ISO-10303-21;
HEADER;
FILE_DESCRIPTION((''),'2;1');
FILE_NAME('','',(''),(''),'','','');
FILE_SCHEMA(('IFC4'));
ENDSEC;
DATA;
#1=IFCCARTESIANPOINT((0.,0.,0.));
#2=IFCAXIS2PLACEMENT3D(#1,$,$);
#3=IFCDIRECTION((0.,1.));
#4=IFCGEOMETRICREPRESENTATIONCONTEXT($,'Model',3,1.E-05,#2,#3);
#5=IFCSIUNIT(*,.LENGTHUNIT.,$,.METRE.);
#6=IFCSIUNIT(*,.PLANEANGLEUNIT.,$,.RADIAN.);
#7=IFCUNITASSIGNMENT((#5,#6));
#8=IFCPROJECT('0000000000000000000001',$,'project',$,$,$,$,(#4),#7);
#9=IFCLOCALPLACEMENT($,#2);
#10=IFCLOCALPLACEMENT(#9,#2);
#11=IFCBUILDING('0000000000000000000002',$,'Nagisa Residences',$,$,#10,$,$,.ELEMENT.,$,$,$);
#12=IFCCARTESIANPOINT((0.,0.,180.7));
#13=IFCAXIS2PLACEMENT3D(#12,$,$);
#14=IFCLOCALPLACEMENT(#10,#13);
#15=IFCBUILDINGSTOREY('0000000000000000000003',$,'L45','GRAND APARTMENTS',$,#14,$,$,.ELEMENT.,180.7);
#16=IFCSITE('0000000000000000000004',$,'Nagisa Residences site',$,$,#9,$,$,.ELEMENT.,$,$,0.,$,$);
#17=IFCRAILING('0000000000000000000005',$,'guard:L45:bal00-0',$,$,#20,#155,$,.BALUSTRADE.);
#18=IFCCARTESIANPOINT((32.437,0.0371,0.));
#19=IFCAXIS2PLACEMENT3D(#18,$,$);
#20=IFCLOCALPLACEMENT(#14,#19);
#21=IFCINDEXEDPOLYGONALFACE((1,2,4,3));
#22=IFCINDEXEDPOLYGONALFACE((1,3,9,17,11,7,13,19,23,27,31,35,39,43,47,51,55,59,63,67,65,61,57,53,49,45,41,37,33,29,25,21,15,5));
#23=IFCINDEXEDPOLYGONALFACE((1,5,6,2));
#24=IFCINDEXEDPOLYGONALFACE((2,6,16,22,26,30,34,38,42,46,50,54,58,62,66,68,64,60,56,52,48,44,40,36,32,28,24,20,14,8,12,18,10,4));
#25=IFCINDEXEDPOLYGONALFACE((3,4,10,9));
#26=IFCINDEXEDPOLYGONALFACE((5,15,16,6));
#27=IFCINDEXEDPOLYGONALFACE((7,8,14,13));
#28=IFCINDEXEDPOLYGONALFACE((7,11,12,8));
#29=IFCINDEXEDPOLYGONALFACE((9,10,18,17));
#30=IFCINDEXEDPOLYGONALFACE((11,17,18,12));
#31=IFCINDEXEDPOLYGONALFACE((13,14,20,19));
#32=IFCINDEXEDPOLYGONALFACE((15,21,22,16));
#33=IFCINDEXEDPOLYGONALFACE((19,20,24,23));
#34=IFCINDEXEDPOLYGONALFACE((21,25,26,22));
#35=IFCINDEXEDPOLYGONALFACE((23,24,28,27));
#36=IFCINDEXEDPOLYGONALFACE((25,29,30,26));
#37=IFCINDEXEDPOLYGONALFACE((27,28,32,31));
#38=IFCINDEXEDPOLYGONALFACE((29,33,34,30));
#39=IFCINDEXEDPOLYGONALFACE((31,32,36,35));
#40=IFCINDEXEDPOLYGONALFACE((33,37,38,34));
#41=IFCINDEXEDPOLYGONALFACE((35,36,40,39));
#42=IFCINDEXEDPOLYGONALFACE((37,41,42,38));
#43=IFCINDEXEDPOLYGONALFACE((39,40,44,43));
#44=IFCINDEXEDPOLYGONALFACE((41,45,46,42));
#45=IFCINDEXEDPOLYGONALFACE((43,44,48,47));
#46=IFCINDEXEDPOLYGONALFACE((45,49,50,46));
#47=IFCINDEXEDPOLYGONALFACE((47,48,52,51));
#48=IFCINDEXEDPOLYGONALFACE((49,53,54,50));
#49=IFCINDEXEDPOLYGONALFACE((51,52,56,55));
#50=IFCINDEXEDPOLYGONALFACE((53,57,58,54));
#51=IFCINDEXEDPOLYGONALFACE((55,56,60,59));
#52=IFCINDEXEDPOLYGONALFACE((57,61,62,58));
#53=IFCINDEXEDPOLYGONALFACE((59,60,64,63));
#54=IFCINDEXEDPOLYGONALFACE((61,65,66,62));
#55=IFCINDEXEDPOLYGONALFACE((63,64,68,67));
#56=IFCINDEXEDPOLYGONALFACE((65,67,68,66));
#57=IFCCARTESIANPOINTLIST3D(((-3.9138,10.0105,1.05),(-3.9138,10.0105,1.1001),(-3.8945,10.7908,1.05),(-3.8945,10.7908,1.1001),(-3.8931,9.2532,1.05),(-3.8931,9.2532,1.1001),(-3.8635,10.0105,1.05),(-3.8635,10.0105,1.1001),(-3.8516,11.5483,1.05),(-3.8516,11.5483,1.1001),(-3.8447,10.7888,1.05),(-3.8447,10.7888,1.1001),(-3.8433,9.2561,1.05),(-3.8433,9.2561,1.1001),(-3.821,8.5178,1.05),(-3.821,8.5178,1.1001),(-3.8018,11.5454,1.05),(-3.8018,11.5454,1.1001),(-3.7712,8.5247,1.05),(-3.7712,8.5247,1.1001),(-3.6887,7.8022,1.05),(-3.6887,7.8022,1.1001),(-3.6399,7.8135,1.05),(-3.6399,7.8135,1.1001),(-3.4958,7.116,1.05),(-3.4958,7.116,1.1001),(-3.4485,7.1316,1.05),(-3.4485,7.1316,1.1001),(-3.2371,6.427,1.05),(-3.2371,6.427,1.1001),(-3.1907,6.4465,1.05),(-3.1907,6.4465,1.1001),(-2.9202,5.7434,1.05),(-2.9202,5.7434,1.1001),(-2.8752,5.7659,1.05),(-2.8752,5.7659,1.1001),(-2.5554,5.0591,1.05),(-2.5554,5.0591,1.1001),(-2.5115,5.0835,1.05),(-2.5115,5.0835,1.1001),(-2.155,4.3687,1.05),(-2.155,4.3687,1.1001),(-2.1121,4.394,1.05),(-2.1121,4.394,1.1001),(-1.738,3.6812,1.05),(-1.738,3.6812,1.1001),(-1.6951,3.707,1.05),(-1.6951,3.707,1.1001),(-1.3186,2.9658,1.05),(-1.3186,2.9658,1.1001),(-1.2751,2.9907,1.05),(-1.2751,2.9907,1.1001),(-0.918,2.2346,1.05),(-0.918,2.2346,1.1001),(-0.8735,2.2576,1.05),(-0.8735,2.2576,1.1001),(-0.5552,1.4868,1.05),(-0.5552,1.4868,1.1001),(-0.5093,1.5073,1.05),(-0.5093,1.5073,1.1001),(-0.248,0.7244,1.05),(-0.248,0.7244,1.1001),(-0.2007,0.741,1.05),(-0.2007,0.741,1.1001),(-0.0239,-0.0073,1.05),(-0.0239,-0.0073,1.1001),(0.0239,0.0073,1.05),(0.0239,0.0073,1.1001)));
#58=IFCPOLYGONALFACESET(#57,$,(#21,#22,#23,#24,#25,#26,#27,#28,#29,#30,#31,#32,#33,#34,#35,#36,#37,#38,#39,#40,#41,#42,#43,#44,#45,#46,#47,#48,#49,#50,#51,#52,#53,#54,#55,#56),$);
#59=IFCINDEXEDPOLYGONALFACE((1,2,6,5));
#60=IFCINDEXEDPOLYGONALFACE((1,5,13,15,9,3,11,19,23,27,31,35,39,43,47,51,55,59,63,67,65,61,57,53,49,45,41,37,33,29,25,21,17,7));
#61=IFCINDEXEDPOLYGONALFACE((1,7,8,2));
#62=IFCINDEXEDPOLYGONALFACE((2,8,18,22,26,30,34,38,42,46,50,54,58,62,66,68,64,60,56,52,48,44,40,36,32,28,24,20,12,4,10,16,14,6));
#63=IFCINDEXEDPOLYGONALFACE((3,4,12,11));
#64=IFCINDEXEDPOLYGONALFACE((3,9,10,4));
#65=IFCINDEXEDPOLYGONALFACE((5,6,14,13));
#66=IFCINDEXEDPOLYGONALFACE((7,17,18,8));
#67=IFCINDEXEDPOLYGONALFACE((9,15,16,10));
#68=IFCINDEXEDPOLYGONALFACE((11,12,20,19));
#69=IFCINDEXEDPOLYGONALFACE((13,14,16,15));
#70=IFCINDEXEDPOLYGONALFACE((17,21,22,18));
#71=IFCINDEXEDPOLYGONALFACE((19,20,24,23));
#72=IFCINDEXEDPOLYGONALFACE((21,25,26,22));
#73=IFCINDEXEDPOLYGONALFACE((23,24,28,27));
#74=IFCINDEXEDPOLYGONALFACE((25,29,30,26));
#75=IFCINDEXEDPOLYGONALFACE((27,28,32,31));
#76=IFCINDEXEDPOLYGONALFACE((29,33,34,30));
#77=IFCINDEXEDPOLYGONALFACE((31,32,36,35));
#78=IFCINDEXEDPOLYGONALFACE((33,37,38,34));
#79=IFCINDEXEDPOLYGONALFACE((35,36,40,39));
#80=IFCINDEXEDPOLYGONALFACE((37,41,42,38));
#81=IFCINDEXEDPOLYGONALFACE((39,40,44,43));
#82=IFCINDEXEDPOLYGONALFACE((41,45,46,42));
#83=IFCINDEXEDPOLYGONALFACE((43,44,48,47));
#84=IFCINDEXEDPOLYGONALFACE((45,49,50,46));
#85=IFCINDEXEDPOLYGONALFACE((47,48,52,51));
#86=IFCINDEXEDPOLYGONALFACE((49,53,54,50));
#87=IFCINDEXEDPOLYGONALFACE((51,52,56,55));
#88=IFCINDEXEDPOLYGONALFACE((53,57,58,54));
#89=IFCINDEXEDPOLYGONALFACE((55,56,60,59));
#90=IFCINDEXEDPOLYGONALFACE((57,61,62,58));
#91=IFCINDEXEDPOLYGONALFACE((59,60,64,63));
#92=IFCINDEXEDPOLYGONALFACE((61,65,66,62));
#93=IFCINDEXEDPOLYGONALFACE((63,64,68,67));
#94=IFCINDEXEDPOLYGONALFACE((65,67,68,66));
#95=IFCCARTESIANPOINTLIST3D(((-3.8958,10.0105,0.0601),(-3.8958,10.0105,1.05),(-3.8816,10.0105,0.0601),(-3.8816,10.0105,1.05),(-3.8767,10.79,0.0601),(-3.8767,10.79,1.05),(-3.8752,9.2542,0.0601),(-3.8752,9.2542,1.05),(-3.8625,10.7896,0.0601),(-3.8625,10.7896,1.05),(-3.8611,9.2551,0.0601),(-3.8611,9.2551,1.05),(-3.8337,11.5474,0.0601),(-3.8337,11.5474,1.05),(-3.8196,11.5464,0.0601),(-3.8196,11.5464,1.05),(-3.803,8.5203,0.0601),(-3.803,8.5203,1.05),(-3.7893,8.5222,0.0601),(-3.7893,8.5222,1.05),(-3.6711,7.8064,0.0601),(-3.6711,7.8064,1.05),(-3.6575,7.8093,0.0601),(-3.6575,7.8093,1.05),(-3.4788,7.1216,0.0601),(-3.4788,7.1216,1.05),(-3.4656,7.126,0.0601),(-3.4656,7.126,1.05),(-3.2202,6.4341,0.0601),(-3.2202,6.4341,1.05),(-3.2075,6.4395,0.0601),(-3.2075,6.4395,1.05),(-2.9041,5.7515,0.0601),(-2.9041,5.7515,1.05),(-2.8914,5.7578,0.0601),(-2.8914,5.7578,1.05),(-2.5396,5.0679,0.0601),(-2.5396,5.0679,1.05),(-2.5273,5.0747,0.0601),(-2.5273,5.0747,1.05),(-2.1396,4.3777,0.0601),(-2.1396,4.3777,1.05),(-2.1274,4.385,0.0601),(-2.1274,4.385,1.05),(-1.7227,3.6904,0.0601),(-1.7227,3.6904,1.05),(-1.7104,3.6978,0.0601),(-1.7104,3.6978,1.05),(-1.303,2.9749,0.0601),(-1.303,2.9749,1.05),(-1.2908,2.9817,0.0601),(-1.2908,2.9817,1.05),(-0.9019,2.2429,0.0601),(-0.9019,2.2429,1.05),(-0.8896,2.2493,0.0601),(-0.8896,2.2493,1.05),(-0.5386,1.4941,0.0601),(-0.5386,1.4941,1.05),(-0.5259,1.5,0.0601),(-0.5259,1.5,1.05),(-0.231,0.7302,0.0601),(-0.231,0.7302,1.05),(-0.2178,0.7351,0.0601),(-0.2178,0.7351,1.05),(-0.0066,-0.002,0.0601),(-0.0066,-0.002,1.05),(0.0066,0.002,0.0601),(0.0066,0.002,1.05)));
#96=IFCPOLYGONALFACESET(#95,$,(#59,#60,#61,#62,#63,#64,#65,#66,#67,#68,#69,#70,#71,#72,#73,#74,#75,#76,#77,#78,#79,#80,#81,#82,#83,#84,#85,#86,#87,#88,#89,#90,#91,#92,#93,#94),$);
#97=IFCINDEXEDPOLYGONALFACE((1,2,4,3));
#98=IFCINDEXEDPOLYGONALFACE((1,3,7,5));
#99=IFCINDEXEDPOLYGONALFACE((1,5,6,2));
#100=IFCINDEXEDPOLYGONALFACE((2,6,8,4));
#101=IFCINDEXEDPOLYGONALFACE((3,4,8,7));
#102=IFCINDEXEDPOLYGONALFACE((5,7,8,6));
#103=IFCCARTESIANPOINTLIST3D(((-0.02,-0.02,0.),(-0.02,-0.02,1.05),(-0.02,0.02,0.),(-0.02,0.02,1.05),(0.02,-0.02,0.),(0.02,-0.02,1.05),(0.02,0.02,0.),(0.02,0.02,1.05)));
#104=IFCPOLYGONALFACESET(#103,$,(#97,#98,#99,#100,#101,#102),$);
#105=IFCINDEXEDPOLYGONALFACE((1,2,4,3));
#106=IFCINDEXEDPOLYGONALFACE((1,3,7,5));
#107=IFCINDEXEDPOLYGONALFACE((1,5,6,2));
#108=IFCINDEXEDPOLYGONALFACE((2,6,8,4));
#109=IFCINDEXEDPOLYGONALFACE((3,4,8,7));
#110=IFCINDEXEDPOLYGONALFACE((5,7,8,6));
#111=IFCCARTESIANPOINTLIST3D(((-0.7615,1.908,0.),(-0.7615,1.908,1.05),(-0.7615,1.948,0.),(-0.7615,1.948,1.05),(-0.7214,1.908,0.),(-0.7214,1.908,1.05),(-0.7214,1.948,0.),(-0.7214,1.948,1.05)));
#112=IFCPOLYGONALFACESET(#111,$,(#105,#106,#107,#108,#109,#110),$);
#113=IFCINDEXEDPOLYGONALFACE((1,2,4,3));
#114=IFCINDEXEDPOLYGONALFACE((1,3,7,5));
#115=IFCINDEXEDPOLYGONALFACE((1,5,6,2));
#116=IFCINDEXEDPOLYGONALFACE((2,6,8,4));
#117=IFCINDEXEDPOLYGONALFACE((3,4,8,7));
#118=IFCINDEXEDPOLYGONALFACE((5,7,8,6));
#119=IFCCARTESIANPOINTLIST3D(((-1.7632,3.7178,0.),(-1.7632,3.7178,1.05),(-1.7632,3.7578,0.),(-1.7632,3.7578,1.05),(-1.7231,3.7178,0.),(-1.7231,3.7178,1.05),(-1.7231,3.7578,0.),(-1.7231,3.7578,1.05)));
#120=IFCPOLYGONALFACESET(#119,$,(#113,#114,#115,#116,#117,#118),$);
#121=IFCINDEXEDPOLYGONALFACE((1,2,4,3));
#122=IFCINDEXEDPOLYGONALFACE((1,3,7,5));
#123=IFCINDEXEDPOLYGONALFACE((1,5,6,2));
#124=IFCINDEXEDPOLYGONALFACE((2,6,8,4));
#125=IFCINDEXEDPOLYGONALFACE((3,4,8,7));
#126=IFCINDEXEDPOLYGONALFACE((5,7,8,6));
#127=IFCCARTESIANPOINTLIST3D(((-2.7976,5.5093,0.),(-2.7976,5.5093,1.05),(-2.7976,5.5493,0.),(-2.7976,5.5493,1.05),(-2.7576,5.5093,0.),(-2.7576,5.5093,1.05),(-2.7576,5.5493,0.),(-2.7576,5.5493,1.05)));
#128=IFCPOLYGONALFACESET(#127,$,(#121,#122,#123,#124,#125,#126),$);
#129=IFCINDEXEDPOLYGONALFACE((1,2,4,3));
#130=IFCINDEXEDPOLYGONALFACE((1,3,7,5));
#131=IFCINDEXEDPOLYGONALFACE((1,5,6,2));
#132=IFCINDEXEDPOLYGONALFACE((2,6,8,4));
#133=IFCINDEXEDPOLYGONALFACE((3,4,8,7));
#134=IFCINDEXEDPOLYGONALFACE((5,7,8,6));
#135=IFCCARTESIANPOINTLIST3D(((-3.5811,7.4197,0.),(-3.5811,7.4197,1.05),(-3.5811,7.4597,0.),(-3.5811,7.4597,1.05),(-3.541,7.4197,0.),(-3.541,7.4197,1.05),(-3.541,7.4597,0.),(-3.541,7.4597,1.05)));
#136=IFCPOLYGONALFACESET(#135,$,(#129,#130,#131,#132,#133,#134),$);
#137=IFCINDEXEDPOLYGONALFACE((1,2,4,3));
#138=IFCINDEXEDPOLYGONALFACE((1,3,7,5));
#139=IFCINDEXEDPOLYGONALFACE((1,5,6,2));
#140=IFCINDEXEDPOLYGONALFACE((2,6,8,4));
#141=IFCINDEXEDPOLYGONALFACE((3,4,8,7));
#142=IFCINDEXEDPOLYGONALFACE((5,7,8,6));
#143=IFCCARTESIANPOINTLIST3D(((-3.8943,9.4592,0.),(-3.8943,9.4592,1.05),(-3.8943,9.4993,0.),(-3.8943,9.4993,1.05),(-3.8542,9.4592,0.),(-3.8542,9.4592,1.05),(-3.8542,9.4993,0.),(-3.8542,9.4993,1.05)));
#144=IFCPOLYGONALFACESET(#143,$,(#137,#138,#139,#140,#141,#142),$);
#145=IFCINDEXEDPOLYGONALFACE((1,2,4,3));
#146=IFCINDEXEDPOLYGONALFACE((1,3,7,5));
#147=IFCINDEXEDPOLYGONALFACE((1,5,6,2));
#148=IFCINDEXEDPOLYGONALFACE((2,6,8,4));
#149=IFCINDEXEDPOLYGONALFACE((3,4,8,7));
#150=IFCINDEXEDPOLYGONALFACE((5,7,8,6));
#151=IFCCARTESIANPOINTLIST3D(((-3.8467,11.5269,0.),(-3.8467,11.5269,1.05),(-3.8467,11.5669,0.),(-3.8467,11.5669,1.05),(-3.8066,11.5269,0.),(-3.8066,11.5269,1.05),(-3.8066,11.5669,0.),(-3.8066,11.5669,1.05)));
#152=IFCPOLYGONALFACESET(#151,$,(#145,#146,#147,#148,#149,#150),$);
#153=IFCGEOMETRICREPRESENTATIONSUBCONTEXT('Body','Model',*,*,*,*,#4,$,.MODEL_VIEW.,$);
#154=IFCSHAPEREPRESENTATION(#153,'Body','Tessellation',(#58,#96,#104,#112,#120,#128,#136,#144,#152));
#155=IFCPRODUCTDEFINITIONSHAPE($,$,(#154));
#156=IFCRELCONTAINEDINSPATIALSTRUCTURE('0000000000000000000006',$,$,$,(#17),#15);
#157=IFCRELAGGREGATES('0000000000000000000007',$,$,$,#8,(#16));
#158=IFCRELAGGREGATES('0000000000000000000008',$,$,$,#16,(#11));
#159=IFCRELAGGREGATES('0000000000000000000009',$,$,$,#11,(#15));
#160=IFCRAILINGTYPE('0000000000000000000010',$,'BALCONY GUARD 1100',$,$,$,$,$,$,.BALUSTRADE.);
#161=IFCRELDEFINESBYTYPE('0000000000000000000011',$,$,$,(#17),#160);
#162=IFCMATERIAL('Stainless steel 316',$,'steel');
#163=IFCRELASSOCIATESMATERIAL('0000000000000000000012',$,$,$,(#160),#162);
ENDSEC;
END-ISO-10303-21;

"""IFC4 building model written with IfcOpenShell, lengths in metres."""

from ifc_helpers import new_model, si_unit, direction, frame, origin, origin_2d, place, context, subcontext, project, spatial, polyline, rectangle, outline, extrude, material, type_object, element, save


model = new_model("IFC4")

# Units and contexts
model_context = context("Model", 3, precision=1e-05, world=origin(), true_north=direction((0.0, 1.0)))
body_context = subcontext(model_context, "Body", "Model", "MODEL_VIEW")
ifc_project = project(units=[si_unit("LENGTHUNIT", "METRE"), si_unit("PLANEANGLEUNIT", "RADIAN")], contexts=[model_context])

# Site, building, storey
site_placement = place(None, origin())
site = spatial("IfcSite", under=ifc_project, at=site_placement, Name="Nagisa Residences site", CompositionType="ELEMENT", RefElevation=0.0)
building_placement = place(site_placement, origin())
building = spatial("IfcBuilding", under=site, at=building_placement, Name="Nagisa Residences", CompositionType="ELEMENT")
storey_placement = place(building_placement, frame((0.0, 0.0, 180.7)))
storey = spatial("IfcBuildingStorey", under=building, at=storey_placement, Name="L45", Description="GRAND APARTMENTS", CompositionType="ELEMENT", Elevation=180.7)

# Railing
ifc_material_1 = material(Name="Stainless steel 316", Category="steel")
railing_type = type_object("IfcRailingType", Name="BALCONY GUARD 1100", PredefinedType="BALUSTRADE", material=ifc_material_1)
railing_1_placement = place(storey_placement, frame((32.437, 0.0371, 0.0)))
element("IfcRailing", 1, at=railing_1_placement, inside=storey, type_object=railing_type, Name="guard:L45:bal00-0", PredefinedType="BALUSTRADE", context=body_context, shape_type="SweptSolid", body=[
    extrude(outline(polyline([(-0.248, 0.7244), (-0.0239, -0.0073), (0.0239, 0.0073), (-0.2007, 0.741), (-0.5093, 1.5073), (-0.8735, 2.2576), (-1.2751, 2.9907), (-1.6951, 3.707), (-2.1121, 4.394), (-2.5115, 5.0835), (-2.8752, 5.7659), (-3.1907, 6.4465), (-3.4485, 7.1316), (-3.6399, 7.8135), (-3.7712, 8.5247), (-3.8433, 9.2561), (-3.8635, 10.0105), (-3.8447, 10.7888), (-3.8018, 11.5454), (-3.8516, 11.5483), (-3.8945, 10.7908), (-3.9138, 10.0105), (-3.8931, 9.2532), (-3.821, 8.5178), (-3.6887, 7.8022), (-3.4958, 7.116), (-3.2371, 6.427), (-2.9202, 5.7434), (-2.5554, 5.0591), (-2.155, 4.3687), (-1.738, 3.6812), (-1.3186, 2.9658), (-0.918, 2.2346), (-0.5552, 1.4868), (-0.248, 0.7244)])), frame((0.0, 0.0, 1.05)), (0.0, 0.0, 1.0), 0.05),
    extrude(outline(polyline([(-0.231, 0.7302), (-0.0066, -0.002), (0.0066, 0.002), (-0.2178, 0.7351), (-0.5259, 1.5), (-0.8896, 2.2493), (-1.2908, 2.9817), (-1.7104, 3.6978), (-2.1274, 4.385), (-2.5273, 5.0747), (-2.8914, 5.7578), (-3.2075, 6.4395), (-3.4656, 7.126), (-3.6575, 7.8093), (-3.7893, 8.5222), (-3.8611, 9.2551), (-3.8816, 10.0105), (-3.8625, 10.7896), (-3.8196, 11.5464), (-3.8337, 11.5474), (-3.8767, 10.79), (-3.8958, 10.0105), (-3.8752, 9.2542), (-3.803, 8.5203), (-3.6711, 7.8064), (-3.4788, 7.1216), (-3.2202, 6.4341), (-2.9041, 5.7515), (-2.5396, 5.0679), (-2.1396, 4.3777), (-1.7227, 3.6904), (-1.303, 2.9749), (-0.9019, 2.2429), (-0.5386, 1.4941), (-0.231, 0.7302)])), frame((0.0, 0.0, 0.0601)), (0.0, 0.0, 1.0), 0.99),
    extrude(rectangle(XDim=0.04, YDim=0.04, at=origin_2d()), origin(), (0.0, 0.0, 1.0), 1.05),
    extrude(rectangle(XDim=0.04, YDim=0.04, at=origin_2d()), frame((-0.7415, 1.928, 0.0)), (0.0, 0.0, 1.0), 1.05),
    extrude(rectangle(XDim=0.04, YDim=0.04, at=origin_2d()), frame((-1.7432, 3.7378, 0.0)), (0.0, 0.0, 1.0), 1.05),
    extrude(rectangle(XDim=0.04, YDim=0.04, at=origin_2d()), frame((-2.7776, 5.5293, 0.0)), (0.0, 0.0, 1.0), 1.05),
    extrude(rectangle(XDim=0.04, YDim=0.04, at=origin_2d()), frame((-3.561, 7.4397, 0.0)), (0.0, 0.0, 1.0), 1.05),
    extrude(rectangle(XDim=0.04, YDim=0.04, at=origin_2d()), frame((-3.8743, 9.4792, 0.0)), (0.0, 0.0, 1.0), 1.05),
    extrude(rectangle(XDim=0.04, YDim=0.04, at=origin_2d()), frame((-3.8267, 11.5469, 0.0)), (0.0, 0.0, 1.0), 1.05),
])

save(model, "model.ifc")
